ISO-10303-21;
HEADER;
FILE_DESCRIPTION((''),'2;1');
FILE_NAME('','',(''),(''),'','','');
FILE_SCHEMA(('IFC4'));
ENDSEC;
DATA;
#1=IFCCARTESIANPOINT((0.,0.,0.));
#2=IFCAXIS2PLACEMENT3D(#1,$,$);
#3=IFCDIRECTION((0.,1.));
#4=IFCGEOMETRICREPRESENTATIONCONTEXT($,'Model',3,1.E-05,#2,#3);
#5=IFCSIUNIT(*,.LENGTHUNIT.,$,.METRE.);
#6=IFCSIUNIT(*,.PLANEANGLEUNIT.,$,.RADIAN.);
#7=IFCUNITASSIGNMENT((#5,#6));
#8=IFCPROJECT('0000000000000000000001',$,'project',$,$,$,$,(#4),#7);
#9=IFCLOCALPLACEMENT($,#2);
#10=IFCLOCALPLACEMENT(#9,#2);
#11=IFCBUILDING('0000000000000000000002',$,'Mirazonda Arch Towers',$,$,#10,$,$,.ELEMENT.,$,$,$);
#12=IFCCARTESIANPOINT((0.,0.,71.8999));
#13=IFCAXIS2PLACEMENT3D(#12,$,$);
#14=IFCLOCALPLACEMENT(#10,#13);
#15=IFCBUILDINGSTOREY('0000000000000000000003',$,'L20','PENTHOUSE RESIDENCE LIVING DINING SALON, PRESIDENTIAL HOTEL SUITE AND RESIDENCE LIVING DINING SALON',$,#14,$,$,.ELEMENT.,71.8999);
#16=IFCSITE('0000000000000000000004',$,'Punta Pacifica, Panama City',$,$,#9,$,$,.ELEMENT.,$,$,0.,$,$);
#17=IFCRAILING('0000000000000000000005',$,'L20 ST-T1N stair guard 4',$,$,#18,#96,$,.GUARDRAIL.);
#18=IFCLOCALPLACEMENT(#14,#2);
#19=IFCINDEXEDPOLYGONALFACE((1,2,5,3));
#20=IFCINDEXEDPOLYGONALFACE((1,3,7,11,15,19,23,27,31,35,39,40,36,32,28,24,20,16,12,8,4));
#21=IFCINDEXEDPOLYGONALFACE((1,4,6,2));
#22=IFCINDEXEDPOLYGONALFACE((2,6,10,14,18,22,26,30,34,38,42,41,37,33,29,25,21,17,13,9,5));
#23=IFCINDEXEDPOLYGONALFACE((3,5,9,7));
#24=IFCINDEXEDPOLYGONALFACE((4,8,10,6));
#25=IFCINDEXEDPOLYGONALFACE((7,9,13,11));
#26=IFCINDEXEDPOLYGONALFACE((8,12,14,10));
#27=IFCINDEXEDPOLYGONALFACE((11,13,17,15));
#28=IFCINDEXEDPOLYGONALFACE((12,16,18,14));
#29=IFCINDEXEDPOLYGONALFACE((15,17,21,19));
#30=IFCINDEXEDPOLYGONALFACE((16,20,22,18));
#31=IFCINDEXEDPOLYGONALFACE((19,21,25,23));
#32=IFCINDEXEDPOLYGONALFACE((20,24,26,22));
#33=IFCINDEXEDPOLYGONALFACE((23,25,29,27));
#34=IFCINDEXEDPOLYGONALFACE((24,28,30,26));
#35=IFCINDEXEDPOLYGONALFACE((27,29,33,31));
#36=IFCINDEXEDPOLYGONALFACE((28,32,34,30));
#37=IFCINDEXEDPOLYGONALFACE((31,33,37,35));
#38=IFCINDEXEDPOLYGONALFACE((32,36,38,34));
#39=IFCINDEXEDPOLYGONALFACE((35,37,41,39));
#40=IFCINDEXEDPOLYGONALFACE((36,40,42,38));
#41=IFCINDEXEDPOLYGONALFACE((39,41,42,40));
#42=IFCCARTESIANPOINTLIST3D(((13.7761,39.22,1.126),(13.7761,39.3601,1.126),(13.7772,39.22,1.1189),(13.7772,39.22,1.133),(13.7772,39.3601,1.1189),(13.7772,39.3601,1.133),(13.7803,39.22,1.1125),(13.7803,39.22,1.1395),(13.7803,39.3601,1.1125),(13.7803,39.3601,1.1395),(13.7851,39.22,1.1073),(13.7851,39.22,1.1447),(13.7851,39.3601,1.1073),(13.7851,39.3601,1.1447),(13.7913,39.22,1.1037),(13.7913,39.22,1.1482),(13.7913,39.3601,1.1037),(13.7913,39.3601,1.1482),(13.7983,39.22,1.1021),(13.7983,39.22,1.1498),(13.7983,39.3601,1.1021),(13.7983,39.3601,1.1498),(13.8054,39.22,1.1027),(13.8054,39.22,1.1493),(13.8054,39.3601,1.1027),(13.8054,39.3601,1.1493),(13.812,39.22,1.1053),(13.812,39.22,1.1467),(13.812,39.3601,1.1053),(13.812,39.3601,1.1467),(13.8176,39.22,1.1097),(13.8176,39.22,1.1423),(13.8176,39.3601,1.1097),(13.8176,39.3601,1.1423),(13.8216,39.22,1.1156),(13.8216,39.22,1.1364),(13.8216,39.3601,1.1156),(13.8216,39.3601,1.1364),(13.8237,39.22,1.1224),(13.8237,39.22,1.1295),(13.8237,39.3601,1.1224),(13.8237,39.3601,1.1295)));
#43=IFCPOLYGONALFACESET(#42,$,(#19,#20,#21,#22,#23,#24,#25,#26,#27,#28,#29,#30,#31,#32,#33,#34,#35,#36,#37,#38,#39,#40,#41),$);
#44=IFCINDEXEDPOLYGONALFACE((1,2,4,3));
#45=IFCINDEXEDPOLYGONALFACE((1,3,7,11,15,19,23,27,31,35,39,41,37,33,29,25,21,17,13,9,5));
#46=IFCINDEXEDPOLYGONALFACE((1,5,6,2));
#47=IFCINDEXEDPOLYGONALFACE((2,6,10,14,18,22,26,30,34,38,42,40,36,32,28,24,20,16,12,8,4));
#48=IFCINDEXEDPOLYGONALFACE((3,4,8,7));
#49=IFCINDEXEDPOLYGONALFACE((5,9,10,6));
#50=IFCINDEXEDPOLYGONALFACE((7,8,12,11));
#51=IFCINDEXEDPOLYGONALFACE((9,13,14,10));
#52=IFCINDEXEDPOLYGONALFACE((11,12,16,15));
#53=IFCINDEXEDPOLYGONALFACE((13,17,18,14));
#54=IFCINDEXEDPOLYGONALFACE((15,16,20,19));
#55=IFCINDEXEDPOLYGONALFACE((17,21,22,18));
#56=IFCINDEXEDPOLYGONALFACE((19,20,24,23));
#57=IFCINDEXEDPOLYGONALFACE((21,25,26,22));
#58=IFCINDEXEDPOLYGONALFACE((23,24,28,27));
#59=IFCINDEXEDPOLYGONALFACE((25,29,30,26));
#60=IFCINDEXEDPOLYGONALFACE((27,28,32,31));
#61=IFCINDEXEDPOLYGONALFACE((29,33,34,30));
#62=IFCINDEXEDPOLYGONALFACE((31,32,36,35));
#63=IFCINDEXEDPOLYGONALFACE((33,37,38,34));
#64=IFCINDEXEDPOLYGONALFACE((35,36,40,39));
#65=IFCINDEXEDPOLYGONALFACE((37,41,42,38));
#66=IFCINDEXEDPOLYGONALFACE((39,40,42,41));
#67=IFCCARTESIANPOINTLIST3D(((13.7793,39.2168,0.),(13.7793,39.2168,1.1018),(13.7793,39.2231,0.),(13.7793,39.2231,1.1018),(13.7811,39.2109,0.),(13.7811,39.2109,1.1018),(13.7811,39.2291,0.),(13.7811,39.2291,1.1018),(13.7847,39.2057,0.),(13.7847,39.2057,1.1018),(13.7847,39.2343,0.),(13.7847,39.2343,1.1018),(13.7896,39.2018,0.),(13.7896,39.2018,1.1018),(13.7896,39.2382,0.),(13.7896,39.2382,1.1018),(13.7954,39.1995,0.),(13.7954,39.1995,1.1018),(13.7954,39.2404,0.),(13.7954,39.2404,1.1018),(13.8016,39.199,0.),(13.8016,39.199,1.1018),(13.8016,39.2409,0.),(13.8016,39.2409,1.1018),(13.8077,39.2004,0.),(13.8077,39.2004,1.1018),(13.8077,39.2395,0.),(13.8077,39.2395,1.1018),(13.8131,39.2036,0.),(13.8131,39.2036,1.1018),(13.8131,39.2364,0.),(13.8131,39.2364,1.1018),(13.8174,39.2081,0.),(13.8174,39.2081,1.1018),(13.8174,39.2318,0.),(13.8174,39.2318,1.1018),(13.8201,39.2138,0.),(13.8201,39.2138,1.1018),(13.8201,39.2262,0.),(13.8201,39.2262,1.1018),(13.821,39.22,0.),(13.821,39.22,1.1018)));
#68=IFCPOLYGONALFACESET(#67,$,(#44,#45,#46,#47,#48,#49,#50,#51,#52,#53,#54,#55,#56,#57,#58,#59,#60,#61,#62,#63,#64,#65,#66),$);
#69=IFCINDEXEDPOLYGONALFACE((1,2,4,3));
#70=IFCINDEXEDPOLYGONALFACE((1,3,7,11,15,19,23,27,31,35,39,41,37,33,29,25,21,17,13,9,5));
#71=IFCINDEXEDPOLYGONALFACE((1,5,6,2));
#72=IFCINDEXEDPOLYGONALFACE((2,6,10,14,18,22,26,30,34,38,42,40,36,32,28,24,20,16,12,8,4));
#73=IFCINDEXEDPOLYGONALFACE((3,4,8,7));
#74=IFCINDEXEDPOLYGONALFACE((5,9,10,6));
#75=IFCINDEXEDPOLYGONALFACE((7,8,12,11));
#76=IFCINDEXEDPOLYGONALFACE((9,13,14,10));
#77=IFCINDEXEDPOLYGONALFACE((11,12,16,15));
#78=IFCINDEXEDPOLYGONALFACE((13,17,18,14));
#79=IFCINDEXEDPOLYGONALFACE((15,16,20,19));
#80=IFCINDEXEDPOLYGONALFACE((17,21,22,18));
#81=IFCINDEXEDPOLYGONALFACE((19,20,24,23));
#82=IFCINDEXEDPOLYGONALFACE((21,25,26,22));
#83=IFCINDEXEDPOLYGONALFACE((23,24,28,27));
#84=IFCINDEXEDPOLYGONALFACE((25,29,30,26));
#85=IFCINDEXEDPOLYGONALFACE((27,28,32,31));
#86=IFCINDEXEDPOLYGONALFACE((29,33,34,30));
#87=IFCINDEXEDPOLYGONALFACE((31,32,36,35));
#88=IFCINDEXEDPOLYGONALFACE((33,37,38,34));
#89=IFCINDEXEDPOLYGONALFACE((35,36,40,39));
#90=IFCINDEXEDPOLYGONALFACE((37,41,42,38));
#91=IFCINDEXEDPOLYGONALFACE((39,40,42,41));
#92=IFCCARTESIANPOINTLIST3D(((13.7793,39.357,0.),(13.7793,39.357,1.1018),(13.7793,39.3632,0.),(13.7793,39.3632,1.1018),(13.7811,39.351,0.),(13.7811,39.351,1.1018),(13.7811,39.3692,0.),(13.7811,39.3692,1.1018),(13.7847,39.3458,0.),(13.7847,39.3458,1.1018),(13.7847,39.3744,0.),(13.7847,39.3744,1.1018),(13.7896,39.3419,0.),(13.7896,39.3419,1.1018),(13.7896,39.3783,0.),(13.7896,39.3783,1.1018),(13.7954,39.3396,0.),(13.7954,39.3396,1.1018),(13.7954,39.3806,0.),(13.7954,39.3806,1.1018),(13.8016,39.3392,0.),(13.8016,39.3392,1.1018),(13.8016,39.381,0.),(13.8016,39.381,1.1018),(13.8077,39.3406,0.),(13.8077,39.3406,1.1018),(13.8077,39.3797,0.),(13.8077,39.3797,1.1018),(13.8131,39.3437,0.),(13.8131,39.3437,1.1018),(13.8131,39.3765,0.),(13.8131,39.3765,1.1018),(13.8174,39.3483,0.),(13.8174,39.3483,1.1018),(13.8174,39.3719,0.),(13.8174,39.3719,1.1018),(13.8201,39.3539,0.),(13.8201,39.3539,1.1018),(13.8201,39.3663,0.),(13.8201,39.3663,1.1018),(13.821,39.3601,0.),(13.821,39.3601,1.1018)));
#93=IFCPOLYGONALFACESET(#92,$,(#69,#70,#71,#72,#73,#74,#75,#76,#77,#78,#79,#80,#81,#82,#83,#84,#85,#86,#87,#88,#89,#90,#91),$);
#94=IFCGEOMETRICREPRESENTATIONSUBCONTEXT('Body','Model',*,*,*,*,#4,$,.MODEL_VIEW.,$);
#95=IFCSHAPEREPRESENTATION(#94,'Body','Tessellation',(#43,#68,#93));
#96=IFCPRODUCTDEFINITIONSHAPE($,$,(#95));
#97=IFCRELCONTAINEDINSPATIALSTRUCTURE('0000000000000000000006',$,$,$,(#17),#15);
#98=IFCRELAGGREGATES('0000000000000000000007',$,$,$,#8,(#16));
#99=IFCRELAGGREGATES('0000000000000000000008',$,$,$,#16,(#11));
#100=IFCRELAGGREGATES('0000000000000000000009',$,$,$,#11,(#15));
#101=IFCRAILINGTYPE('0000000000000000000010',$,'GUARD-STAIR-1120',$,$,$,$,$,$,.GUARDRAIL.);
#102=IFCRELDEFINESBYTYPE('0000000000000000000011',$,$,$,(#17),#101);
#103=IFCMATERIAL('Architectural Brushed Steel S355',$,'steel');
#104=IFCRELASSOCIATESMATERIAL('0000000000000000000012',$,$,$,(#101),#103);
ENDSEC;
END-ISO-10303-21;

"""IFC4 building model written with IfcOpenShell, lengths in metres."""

from ifc_helpers import new_model, si_unit, direction, frame, origin, origin_2d, place, context, subcontext, project, spatial, circle, extrude, material, type_object, element, save


model = new_model("IFC4")

# Units and contexts
model_context = context("Model", 3, precision=1e-05, world=origin(), true_north=direction((0.0, 1.0)))
body_context = subcontext(model_context, "Body", "Model", "MODEL_VIEW")
ifc_project = project(units=[si_unit("LENGTHUNIT", "METRE"), si_unit("PLANEANGLEUNIT", "RADIAN")], contexts=[model_context])

# Site, building, storey
site_placement = place(None, origin())
site = spatial("IfcSite", under=ifc_project, at=site_placement, Name="Punta Pacifica, Panama City", CompositionType="ELEMENT", RefElevation=0.0)
building_placement = place(site_placement, origin())
building = spatial("IfcBuilding", under=site, at=building_placement, Name="Mirazonda Arch Towers", CompositionType="ELEMENT")
storey_placement = place(building_placement, frame((0.0, 0.0, 71.8999)))
storey = spatial("IfcBuildingStorey", under=building, at=storey_placement, Name="L20", Description="PENTHOUSE RESIDENCE LIVING DINING SALON, PRESIDENTIAL HOTEL SUITE AND RESIDENCE LIVING DINING SALON", CompositionType="ELEMENT", Elevation=71.8999)

# Shared definitions
ifc_material_1 = material(Name="Architectural Brushed Steel S355", Category="steel")

# Railing
railing_type_1 = type_object("IfcRailingType", Name="GUARD-STAIR-1120", PredefinedType="GUARDRAIL", material=ifc_material_1)
railing_1_placement = place(storey_placement, frame((13.8, 39.22, 0.0)))
element("IfcRailing", 1, at=railing_1_placement, inside=storey, type_object=railing_type_1, Name="L20 ST-T1N stair guard 4", PredefinedType="GUARDRAIL", context=body_context, shape_type="SweptSolid", body=[
    extrude(circle(Radius=0.0239, at=origin_2d()), frame((0.0, 0.0, 1.126), z_axis=(0.0, 1.0, 0.0), x_axis=(-1.0, 0.0, 0.0)), (0.0, 0.0, 1.0), 0.1401),
    extrude(circle(Radius=0.021, at=origin_2d()), origin(), (0.0, 0.0, 1.0), 1.1018),
    extrude(circle(Radius=0.021, at=origin_2d()), frame((0.0, 0.1401, 0.0)), (0.0, 0.0, 1.0), 1.1018),
])

save(model, "model.ifc")
